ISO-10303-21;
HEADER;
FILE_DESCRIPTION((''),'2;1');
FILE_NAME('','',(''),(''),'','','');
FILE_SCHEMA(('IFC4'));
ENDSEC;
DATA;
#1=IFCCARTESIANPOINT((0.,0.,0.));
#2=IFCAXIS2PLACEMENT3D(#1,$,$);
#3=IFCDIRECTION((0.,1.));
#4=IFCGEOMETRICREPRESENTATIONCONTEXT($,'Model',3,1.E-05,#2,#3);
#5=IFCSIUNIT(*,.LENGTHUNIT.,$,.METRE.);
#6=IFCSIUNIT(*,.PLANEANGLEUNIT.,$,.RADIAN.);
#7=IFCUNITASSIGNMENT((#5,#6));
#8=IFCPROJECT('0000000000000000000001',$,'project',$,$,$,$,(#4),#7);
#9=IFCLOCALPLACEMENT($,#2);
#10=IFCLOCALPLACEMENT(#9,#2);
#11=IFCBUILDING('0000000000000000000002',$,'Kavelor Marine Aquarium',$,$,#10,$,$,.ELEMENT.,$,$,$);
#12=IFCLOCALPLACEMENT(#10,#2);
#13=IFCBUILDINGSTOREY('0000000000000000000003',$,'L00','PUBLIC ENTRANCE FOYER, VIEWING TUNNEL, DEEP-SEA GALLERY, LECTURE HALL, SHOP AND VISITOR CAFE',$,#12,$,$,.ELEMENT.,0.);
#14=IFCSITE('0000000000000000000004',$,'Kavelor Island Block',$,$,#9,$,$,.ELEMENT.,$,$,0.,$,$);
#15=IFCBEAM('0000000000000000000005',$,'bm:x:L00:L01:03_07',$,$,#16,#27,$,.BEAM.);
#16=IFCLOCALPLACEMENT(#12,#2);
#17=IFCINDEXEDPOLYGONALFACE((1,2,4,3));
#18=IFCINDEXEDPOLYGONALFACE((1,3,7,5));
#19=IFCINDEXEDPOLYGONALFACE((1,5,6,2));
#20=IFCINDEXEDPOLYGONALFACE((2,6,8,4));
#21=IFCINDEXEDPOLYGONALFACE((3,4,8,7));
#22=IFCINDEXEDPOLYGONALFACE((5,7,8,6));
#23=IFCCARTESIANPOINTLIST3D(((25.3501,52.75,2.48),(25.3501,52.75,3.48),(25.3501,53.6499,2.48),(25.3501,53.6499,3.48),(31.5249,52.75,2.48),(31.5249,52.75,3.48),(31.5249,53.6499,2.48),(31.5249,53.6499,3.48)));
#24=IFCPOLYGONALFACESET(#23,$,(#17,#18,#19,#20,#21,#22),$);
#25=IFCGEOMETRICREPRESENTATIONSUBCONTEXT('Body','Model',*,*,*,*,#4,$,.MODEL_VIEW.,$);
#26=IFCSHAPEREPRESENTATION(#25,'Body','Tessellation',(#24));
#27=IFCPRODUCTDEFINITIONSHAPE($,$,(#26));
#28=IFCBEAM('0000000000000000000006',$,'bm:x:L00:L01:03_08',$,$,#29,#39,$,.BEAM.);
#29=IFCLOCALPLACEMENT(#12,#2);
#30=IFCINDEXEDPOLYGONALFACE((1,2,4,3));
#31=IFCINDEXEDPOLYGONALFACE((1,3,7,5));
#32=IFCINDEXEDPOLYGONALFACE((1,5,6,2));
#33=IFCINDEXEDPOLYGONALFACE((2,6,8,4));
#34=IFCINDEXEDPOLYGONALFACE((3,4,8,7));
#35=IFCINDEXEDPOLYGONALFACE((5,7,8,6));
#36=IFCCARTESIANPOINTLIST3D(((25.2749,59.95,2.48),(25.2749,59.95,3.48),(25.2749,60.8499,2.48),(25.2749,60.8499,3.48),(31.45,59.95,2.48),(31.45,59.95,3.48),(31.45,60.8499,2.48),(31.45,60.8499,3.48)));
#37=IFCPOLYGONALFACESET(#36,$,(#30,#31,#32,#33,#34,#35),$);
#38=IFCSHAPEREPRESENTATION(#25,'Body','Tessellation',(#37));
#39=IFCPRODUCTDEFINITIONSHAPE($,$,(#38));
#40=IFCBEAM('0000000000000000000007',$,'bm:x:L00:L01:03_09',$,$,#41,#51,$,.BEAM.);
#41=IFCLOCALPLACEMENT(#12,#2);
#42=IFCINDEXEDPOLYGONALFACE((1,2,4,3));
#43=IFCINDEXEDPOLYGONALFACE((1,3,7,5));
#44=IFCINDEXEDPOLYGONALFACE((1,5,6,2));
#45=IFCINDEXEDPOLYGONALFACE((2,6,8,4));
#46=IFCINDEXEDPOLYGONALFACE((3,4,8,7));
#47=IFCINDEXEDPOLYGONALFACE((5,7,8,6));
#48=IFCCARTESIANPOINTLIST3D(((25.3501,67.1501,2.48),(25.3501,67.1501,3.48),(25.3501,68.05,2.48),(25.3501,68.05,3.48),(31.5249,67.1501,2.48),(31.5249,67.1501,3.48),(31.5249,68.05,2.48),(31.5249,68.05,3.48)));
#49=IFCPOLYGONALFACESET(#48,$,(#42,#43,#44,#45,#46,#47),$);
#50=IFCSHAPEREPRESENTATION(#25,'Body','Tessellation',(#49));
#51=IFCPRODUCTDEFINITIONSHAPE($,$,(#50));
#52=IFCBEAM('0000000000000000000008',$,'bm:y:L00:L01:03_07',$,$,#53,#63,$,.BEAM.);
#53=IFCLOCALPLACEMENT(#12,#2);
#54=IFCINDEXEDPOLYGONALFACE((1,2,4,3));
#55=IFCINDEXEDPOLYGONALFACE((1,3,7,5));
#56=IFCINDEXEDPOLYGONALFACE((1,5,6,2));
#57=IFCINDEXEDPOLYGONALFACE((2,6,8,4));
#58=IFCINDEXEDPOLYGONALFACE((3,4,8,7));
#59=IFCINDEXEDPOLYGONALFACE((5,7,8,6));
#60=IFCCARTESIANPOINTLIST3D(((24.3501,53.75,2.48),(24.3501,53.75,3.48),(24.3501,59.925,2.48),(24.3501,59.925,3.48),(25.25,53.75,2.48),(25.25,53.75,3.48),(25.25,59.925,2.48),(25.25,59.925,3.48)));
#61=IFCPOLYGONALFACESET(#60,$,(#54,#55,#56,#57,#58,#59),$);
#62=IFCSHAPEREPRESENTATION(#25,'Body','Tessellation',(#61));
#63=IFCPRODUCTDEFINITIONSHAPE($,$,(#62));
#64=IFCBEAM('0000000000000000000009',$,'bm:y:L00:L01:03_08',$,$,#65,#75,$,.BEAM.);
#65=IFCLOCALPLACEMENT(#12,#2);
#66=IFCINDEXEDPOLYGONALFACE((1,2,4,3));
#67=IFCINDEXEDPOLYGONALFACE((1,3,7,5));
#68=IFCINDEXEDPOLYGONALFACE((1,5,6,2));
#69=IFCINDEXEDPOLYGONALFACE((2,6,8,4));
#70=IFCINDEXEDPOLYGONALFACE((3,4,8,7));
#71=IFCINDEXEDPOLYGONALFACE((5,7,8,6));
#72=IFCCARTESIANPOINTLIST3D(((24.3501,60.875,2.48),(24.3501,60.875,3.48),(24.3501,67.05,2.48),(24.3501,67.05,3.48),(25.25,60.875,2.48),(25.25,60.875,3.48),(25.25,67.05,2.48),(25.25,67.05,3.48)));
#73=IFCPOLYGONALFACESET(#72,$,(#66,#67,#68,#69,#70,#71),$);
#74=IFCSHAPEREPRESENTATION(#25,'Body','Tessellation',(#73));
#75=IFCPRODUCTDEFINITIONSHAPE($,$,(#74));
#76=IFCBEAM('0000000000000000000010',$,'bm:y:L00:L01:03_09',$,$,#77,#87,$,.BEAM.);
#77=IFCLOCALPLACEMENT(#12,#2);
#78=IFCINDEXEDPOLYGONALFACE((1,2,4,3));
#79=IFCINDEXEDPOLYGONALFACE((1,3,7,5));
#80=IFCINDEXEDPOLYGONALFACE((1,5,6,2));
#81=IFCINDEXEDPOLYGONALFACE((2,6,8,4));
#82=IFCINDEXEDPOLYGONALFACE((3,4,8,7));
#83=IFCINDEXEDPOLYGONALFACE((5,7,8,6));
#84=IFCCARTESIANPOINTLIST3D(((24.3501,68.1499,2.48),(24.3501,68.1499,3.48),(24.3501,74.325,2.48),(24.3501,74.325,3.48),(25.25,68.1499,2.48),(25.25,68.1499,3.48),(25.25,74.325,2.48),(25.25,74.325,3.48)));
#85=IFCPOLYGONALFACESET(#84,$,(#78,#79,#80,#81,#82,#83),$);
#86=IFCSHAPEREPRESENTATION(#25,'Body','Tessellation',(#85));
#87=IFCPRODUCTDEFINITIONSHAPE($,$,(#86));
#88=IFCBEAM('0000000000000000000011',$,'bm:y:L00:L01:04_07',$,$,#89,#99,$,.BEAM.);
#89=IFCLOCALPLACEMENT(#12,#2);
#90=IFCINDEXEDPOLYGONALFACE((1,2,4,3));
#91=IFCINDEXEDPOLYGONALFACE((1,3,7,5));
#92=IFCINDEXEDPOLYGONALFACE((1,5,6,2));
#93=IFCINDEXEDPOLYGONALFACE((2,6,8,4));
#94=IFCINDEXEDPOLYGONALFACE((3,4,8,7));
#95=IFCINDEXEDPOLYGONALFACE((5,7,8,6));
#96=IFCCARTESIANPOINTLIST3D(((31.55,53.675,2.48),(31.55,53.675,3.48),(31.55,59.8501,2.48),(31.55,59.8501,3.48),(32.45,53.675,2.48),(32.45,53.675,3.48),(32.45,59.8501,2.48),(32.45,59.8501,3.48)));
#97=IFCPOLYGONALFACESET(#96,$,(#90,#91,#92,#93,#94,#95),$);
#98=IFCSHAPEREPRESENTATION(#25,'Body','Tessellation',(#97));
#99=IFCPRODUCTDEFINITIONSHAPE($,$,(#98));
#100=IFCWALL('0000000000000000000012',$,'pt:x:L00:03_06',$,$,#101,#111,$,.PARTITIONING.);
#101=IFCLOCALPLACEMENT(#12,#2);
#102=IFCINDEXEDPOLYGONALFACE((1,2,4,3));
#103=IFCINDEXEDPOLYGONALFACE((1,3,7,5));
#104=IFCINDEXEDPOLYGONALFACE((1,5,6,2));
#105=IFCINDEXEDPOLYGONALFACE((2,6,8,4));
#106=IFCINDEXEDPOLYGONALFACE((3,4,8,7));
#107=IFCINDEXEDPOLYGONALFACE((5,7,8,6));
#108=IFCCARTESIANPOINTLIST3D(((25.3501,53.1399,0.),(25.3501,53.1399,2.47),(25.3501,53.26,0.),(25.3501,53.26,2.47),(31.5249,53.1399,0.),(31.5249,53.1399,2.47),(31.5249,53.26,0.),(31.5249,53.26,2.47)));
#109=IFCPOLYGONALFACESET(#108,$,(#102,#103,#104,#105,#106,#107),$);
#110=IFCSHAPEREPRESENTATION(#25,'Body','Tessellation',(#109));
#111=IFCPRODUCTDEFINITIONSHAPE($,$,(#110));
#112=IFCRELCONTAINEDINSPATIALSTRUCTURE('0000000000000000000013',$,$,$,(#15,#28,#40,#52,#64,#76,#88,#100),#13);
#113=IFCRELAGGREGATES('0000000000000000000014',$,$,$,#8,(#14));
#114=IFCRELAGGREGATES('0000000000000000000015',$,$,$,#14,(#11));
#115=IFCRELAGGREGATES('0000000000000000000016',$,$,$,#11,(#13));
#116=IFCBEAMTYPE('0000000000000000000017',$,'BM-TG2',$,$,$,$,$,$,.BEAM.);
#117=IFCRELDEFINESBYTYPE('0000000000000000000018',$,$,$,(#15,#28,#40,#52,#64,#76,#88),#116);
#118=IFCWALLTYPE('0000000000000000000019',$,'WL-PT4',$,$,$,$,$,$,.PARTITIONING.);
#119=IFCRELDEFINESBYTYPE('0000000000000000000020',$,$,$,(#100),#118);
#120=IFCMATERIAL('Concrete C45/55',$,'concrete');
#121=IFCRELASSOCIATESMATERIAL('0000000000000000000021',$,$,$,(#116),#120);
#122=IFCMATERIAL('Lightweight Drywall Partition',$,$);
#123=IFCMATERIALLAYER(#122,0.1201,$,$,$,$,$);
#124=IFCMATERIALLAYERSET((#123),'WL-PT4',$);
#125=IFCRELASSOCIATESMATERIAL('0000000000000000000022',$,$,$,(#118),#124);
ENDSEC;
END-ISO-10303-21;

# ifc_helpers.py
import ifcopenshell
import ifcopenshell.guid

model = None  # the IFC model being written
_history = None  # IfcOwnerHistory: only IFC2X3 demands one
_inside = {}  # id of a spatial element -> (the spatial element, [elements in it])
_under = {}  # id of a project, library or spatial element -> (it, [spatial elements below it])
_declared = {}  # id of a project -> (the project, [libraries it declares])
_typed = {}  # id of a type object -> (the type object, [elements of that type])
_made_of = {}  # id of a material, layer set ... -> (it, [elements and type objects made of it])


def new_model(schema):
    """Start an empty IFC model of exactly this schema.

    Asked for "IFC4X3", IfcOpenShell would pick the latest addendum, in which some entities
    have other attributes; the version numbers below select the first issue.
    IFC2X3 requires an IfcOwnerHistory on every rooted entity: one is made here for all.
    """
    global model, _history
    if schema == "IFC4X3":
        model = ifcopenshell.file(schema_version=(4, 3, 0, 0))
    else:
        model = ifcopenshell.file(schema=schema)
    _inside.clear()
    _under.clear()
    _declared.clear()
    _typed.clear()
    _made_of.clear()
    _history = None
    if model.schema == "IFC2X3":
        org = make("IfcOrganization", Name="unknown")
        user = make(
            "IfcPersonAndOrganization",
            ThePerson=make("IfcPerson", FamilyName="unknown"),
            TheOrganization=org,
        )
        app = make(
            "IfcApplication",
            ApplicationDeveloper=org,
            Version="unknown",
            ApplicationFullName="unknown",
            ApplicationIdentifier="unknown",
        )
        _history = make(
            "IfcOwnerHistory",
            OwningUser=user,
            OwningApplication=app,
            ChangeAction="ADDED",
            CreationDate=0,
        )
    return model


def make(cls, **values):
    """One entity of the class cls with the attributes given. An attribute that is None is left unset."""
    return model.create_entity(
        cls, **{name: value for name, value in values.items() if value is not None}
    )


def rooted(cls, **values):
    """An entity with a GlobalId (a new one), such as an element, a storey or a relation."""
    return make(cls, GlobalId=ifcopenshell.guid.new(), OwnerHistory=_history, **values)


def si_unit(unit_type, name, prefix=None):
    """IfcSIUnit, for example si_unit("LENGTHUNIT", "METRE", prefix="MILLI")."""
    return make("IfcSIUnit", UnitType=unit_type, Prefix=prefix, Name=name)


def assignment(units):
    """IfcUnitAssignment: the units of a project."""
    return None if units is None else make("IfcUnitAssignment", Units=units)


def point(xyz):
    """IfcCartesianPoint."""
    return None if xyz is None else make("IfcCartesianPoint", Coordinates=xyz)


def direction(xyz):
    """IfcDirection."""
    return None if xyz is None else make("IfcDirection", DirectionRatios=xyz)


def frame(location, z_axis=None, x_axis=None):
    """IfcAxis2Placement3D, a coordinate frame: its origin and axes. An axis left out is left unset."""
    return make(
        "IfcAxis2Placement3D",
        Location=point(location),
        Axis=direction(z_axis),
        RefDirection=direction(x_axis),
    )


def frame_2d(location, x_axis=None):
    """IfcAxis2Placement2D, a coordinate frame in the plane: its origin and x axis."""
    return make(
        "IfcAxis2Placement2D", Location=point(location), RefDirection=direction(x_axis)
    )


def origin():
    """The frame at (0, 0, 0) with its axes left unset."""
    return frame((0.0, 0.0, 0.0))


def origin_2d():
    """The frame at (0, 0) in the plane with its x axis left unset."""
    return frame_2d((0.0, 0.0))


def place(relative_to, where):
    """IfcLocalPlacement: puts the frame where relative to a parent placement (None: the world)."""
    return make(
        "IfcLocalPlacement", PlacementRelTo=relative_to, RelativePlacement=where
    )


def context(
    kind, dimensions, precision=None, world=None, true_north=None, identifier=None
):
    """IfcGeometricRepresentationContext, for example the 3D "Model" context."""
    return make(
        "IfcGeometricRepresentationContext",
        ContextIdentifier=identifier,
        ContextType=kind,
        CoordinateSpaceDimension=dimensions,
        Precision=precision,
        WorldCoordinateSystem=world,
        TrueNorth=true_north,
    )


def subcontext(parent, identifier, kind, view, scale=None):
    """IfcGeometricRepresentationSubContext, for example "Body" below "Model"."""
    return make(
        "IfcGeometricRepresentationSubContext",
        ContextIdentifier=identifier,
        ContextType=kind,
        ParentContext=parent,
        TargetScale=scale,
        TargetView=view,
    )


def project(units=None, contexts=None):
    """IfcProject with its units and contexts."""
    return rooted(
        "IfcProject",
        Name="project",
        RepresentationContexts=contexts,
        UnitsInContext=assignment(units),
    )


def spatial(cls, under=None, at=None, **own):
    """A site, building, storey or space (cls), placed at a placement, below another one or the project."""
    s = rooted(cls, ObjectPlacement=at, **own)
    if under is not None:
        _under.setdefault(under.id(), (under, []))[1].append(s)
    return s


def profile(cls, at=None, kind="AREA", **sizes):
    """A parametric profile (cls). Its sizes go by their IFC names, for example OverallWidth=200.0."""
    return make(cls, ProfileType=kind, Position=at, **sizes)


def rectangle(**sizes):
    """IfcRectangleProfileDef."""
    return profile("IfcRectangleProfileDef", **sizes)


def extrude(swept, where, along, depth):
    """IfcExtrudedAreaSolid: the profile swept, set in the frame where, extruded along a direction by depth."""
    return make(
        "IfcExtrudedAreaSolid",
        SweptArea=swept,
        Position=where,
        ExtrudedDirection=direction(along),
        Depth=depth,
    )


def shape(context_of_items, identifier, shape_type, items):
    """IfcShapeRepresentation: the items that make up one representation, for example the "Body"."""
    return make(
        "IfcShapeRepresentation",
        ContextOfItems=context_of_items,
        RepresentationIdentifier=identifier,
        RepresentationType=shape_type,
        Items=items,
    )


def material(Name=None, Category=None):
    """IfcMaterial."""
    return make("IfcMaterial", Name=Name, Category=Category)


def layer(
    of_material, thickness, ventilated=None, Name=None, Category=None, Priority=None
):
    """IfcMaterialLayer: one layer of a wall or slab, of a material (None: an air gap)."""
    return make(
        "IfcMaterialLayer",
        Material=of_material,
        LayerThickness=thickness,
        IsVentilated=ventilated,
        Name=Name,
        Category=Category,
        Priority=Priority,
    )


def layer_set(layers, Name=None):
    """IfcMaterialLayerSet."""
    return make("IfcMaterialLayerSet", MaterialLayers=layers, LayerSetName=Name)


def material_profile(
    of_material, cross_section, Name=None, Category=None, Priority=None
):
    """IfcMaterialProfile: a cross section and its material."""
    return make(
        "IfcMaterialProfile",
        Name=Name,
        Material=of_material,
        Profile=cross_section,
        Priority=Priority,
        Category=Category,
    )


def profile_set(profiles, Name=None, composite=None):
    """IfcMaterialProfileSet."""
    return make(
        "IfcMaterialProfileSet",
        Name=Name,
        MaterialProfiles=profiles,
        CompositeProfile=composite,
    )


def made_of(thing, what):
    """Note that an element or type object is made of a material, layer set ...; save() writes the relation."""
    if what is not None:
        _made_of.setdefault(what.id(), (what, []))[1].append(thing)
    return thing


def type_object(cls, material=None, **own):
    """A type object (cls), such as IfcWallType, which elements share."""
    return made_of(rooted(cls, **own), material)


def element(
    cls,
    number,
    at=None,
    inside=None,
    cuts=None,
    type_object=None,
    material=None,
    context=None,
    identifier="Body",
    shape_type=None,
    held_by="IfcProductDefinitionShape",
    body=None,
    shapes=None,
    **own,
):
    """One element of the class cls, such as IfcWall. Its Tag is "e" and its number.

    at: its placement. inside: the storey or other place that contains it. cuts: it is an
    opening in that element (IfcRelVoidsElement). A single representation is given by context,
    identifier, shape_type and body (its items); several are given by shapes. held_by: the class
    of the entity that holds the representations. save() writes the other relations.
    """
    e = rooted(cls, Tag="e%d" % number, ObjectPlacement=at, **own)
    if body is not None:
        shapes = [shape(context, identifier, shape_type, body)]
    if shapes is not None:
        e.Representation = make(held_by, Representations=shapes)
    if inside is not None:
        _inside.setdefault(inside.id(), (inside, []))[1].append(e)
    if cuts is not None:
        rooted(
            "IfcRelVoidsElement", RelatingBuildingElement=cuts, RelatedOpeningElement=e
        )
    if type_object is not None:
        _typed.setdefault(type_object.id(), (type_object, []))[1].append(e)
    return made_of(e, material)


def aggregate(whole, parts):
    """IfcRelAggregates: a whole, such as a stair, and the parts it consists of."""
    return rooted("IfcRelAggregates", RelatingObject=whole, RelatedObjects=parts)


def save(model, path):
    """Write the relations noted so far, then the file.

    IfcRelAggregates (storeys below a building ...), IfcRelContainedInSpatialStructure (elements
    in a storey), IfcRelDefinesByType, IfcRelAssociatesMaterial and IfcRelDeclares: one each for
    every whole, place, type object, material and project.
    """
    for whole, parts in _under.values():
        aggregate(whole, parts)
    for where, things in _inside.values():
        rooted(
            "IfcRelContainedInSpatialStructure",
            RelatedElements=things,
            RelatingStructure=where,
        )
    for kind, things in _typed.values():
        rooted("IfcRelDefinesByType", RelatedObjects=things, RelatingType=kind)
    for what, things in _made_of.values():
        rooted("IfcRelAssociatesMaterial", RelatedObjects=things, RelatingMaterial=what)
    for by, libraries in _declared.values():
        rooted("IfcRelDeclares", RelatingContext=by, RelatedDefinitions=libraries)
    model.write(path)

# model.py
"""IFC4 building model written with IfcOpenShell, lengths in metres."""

from ifc_helpers import new_model, si_unit, direction, frame, frame_2d, origin, origin_2d, place, context, subcontext, project, spatial, rectangle, extrude, material, layer, layer_set, material_profile, profile_set, type_object, element, save


model = new_model("IFC4")

# Units and contexts
model_context = context("Model", 3, precision=1e-05, world=origin(), true_north=direction((0.0, 1.0)))
body_context = subcontext(model_context, "Body", "Model", "MODEL_VIEW")
ifc_project = project(units=[si_unit("LENGTHUNIT", "METRE"), si_unit("PLANEANGLEUNIT", "RADIAN")], contexts=[model_context])

# Site, building, storey
site_placement = place(None, origin())
site = spatial("IfcSite", under=ifc_project, at=site_placement, Name="Kavelor Island Block", CompositionType="ELEMENT", RefElevation=0.0)
building_placement = place(site_placement, origin())
building = spatial("IfcBuilding", under=site, at=building_placement, Name="Kavelor Marine Aquarium", CompositionType="ELEMENT")
storey_placement = place(building_placement, origin())
storey = spatial("IfcBuildingStorey", under=building, at=storey_placement, Name="L00", Description="PUBLIC ENTRANCE FOYER, VIEWING TUNNEL, DEEP-SEA GALLERY, LECTURE HALL, SHOP AND VISITOR CAFE", CompositionType="ELEMENT", Elevation=0.0)

# Beams
ifc_material_1 = material(Name="Concrete C45/55", Category="concrete")
ifc_material_profile_1 = material_profile(ifc_material_1, rectangle(XDim=0.8999, YDim=1.0, at=origin_2d()), Name="RC-TG 900x1000")
ifc_profile_set_1 = profile_set([ifc_material_profile_1], Name="Concrete C45/55")
beam_type = type_object("IfcBeamType", Name="BM-TG2", PredefinedType="BEAM", material=ifc_profile_set_1)
beam_1_placement = place(storey_placement, frame((25.3501, 53.2, 2.98), z_axis=(1.0, 0.0, 0.0), x_axis=(0.0, 1.0, 0.0)))
element("IfcBeam", 1, at=beam_1_placement, inside=storey, type_object=beam_type, Name="bm:x:L00:L01:03_07", PredefinedType="BEAM", context=body_context, shape_type="SweptSolid", body=[
    extrude(rectangle(XDim=0.8999, YDim=1.0, at=origin_2d()), origin(), (0.0, 0.0, 1.0), 6.1748),
])
beam_2_placement = place(storey_placement, frame((25.2749, 60.3999, 2.98), z_axis=(1.0, 0.0, 0.0), x_axis=(0.0, 1.0, 0.0)))
element("IfcBeam", 2, at=beam_2_placement, inside=storey, type_object=beam_type, Name="bm:x:L00:L01:03_08", PredefinedType="BEAM", context=body_context, shape_type="SweptSolid", body=[
    extrude(rectangle(XDim=0.8999, YDim=1.0, at=origin_2d()), origin(), (0.0, 0.0, 1.0), 6.175),
])
beam_3_placement = place(storey_placement, frame((25.3501, 67.6001, 2.98), z_axis=(1.0, 0.0, 0.0), x_axis=(0.0, 1.0, 0.0)))
element("IfcBeam", 3, at=beam_3_placement, inside=storey, type_object=beam_type, Name="bm:x:L00:L01:03_09", PredefinedType="BEAM", context=body_context, shape_type="SweptSolid", body=[
    extrude(rectangle(XDim=0.8999, YDim=1.0, at=origin_2d()), origin(), (0.0, 0.0, 1.0), 6.1748),
])
for number, where, z_axis, x_axis, name in (
    (4, (24.8, 53.75, 2.98), (0.0, 1.0, 0.0), (-1.0, 0.0, 0.0), "bm:y:L00:L01:03_07"),
    (5, (24.8, 60.875, 2.98), (0.0, 1.0, 0.0), (-1.0, 0.0, 0.0), "bm:y:L00:L01:03_08"),
    (6, (24.8, 68.1499, 2.98), (0.0, 1.0, 0.0), (-1.0, 0.0, 0.0), "bm:y:L00:L01:03_09"),
    (7, (32.0, 53.675, 2.98), (0.0, 1.0, 0.0), (-1.0, 0.0, 0.0), "bm:y:L00:L01:04_07"),
):
    element("IfcBeam", number, at=place(storey_placement, frame(where, z_axis=z_axis, x_axis=x_axis)), inside=storey, type_object=beam_type, Name=name, PredefinedType="BEAM", context=body_context, shape_type="SweptSolid", body=[
        extrude(rectangle(XDim=0.8999, YDim=1.0, at=origin_2d()), origin(), (0.0, 0.0, 1.0), 6.175),
    ])

# Wall
ifc_material_2 = material(Name="Lightweight Drywall Partition")
ifc_layer = layer(ifc_material_2, 0.1201)
ifc_layer_set = layer_set([ifc_layer], Name="WL-PT4")
wall_type = type_object("IfcWallType", Name="WL-PT4", PredefinedType="PARTITIONING", material=ifc_layer_set)
wall_placement = place(storey_placement, frame((25.3501, 53.2, 0.0), z_axis=(0.0, 0.0, 1.0), x_axis=(1.0, 0.0, 0.0)))
element("IfcWall", 8, at=wall_placement, inside=storey, type_object=wall_type, Name="pt:x:L00:03_06", PredefinedType="PARTITIONING", context=body_context, shape_type="SweptSolid", body=[
    extrude(rectangle(XDim=6.1748, YDim=0.1201, at=frame_2d((3.0874, 0.0))), origin(), (0.0, 0.0, 1.0), 2.47),
])

save(model, "model.ifc")
